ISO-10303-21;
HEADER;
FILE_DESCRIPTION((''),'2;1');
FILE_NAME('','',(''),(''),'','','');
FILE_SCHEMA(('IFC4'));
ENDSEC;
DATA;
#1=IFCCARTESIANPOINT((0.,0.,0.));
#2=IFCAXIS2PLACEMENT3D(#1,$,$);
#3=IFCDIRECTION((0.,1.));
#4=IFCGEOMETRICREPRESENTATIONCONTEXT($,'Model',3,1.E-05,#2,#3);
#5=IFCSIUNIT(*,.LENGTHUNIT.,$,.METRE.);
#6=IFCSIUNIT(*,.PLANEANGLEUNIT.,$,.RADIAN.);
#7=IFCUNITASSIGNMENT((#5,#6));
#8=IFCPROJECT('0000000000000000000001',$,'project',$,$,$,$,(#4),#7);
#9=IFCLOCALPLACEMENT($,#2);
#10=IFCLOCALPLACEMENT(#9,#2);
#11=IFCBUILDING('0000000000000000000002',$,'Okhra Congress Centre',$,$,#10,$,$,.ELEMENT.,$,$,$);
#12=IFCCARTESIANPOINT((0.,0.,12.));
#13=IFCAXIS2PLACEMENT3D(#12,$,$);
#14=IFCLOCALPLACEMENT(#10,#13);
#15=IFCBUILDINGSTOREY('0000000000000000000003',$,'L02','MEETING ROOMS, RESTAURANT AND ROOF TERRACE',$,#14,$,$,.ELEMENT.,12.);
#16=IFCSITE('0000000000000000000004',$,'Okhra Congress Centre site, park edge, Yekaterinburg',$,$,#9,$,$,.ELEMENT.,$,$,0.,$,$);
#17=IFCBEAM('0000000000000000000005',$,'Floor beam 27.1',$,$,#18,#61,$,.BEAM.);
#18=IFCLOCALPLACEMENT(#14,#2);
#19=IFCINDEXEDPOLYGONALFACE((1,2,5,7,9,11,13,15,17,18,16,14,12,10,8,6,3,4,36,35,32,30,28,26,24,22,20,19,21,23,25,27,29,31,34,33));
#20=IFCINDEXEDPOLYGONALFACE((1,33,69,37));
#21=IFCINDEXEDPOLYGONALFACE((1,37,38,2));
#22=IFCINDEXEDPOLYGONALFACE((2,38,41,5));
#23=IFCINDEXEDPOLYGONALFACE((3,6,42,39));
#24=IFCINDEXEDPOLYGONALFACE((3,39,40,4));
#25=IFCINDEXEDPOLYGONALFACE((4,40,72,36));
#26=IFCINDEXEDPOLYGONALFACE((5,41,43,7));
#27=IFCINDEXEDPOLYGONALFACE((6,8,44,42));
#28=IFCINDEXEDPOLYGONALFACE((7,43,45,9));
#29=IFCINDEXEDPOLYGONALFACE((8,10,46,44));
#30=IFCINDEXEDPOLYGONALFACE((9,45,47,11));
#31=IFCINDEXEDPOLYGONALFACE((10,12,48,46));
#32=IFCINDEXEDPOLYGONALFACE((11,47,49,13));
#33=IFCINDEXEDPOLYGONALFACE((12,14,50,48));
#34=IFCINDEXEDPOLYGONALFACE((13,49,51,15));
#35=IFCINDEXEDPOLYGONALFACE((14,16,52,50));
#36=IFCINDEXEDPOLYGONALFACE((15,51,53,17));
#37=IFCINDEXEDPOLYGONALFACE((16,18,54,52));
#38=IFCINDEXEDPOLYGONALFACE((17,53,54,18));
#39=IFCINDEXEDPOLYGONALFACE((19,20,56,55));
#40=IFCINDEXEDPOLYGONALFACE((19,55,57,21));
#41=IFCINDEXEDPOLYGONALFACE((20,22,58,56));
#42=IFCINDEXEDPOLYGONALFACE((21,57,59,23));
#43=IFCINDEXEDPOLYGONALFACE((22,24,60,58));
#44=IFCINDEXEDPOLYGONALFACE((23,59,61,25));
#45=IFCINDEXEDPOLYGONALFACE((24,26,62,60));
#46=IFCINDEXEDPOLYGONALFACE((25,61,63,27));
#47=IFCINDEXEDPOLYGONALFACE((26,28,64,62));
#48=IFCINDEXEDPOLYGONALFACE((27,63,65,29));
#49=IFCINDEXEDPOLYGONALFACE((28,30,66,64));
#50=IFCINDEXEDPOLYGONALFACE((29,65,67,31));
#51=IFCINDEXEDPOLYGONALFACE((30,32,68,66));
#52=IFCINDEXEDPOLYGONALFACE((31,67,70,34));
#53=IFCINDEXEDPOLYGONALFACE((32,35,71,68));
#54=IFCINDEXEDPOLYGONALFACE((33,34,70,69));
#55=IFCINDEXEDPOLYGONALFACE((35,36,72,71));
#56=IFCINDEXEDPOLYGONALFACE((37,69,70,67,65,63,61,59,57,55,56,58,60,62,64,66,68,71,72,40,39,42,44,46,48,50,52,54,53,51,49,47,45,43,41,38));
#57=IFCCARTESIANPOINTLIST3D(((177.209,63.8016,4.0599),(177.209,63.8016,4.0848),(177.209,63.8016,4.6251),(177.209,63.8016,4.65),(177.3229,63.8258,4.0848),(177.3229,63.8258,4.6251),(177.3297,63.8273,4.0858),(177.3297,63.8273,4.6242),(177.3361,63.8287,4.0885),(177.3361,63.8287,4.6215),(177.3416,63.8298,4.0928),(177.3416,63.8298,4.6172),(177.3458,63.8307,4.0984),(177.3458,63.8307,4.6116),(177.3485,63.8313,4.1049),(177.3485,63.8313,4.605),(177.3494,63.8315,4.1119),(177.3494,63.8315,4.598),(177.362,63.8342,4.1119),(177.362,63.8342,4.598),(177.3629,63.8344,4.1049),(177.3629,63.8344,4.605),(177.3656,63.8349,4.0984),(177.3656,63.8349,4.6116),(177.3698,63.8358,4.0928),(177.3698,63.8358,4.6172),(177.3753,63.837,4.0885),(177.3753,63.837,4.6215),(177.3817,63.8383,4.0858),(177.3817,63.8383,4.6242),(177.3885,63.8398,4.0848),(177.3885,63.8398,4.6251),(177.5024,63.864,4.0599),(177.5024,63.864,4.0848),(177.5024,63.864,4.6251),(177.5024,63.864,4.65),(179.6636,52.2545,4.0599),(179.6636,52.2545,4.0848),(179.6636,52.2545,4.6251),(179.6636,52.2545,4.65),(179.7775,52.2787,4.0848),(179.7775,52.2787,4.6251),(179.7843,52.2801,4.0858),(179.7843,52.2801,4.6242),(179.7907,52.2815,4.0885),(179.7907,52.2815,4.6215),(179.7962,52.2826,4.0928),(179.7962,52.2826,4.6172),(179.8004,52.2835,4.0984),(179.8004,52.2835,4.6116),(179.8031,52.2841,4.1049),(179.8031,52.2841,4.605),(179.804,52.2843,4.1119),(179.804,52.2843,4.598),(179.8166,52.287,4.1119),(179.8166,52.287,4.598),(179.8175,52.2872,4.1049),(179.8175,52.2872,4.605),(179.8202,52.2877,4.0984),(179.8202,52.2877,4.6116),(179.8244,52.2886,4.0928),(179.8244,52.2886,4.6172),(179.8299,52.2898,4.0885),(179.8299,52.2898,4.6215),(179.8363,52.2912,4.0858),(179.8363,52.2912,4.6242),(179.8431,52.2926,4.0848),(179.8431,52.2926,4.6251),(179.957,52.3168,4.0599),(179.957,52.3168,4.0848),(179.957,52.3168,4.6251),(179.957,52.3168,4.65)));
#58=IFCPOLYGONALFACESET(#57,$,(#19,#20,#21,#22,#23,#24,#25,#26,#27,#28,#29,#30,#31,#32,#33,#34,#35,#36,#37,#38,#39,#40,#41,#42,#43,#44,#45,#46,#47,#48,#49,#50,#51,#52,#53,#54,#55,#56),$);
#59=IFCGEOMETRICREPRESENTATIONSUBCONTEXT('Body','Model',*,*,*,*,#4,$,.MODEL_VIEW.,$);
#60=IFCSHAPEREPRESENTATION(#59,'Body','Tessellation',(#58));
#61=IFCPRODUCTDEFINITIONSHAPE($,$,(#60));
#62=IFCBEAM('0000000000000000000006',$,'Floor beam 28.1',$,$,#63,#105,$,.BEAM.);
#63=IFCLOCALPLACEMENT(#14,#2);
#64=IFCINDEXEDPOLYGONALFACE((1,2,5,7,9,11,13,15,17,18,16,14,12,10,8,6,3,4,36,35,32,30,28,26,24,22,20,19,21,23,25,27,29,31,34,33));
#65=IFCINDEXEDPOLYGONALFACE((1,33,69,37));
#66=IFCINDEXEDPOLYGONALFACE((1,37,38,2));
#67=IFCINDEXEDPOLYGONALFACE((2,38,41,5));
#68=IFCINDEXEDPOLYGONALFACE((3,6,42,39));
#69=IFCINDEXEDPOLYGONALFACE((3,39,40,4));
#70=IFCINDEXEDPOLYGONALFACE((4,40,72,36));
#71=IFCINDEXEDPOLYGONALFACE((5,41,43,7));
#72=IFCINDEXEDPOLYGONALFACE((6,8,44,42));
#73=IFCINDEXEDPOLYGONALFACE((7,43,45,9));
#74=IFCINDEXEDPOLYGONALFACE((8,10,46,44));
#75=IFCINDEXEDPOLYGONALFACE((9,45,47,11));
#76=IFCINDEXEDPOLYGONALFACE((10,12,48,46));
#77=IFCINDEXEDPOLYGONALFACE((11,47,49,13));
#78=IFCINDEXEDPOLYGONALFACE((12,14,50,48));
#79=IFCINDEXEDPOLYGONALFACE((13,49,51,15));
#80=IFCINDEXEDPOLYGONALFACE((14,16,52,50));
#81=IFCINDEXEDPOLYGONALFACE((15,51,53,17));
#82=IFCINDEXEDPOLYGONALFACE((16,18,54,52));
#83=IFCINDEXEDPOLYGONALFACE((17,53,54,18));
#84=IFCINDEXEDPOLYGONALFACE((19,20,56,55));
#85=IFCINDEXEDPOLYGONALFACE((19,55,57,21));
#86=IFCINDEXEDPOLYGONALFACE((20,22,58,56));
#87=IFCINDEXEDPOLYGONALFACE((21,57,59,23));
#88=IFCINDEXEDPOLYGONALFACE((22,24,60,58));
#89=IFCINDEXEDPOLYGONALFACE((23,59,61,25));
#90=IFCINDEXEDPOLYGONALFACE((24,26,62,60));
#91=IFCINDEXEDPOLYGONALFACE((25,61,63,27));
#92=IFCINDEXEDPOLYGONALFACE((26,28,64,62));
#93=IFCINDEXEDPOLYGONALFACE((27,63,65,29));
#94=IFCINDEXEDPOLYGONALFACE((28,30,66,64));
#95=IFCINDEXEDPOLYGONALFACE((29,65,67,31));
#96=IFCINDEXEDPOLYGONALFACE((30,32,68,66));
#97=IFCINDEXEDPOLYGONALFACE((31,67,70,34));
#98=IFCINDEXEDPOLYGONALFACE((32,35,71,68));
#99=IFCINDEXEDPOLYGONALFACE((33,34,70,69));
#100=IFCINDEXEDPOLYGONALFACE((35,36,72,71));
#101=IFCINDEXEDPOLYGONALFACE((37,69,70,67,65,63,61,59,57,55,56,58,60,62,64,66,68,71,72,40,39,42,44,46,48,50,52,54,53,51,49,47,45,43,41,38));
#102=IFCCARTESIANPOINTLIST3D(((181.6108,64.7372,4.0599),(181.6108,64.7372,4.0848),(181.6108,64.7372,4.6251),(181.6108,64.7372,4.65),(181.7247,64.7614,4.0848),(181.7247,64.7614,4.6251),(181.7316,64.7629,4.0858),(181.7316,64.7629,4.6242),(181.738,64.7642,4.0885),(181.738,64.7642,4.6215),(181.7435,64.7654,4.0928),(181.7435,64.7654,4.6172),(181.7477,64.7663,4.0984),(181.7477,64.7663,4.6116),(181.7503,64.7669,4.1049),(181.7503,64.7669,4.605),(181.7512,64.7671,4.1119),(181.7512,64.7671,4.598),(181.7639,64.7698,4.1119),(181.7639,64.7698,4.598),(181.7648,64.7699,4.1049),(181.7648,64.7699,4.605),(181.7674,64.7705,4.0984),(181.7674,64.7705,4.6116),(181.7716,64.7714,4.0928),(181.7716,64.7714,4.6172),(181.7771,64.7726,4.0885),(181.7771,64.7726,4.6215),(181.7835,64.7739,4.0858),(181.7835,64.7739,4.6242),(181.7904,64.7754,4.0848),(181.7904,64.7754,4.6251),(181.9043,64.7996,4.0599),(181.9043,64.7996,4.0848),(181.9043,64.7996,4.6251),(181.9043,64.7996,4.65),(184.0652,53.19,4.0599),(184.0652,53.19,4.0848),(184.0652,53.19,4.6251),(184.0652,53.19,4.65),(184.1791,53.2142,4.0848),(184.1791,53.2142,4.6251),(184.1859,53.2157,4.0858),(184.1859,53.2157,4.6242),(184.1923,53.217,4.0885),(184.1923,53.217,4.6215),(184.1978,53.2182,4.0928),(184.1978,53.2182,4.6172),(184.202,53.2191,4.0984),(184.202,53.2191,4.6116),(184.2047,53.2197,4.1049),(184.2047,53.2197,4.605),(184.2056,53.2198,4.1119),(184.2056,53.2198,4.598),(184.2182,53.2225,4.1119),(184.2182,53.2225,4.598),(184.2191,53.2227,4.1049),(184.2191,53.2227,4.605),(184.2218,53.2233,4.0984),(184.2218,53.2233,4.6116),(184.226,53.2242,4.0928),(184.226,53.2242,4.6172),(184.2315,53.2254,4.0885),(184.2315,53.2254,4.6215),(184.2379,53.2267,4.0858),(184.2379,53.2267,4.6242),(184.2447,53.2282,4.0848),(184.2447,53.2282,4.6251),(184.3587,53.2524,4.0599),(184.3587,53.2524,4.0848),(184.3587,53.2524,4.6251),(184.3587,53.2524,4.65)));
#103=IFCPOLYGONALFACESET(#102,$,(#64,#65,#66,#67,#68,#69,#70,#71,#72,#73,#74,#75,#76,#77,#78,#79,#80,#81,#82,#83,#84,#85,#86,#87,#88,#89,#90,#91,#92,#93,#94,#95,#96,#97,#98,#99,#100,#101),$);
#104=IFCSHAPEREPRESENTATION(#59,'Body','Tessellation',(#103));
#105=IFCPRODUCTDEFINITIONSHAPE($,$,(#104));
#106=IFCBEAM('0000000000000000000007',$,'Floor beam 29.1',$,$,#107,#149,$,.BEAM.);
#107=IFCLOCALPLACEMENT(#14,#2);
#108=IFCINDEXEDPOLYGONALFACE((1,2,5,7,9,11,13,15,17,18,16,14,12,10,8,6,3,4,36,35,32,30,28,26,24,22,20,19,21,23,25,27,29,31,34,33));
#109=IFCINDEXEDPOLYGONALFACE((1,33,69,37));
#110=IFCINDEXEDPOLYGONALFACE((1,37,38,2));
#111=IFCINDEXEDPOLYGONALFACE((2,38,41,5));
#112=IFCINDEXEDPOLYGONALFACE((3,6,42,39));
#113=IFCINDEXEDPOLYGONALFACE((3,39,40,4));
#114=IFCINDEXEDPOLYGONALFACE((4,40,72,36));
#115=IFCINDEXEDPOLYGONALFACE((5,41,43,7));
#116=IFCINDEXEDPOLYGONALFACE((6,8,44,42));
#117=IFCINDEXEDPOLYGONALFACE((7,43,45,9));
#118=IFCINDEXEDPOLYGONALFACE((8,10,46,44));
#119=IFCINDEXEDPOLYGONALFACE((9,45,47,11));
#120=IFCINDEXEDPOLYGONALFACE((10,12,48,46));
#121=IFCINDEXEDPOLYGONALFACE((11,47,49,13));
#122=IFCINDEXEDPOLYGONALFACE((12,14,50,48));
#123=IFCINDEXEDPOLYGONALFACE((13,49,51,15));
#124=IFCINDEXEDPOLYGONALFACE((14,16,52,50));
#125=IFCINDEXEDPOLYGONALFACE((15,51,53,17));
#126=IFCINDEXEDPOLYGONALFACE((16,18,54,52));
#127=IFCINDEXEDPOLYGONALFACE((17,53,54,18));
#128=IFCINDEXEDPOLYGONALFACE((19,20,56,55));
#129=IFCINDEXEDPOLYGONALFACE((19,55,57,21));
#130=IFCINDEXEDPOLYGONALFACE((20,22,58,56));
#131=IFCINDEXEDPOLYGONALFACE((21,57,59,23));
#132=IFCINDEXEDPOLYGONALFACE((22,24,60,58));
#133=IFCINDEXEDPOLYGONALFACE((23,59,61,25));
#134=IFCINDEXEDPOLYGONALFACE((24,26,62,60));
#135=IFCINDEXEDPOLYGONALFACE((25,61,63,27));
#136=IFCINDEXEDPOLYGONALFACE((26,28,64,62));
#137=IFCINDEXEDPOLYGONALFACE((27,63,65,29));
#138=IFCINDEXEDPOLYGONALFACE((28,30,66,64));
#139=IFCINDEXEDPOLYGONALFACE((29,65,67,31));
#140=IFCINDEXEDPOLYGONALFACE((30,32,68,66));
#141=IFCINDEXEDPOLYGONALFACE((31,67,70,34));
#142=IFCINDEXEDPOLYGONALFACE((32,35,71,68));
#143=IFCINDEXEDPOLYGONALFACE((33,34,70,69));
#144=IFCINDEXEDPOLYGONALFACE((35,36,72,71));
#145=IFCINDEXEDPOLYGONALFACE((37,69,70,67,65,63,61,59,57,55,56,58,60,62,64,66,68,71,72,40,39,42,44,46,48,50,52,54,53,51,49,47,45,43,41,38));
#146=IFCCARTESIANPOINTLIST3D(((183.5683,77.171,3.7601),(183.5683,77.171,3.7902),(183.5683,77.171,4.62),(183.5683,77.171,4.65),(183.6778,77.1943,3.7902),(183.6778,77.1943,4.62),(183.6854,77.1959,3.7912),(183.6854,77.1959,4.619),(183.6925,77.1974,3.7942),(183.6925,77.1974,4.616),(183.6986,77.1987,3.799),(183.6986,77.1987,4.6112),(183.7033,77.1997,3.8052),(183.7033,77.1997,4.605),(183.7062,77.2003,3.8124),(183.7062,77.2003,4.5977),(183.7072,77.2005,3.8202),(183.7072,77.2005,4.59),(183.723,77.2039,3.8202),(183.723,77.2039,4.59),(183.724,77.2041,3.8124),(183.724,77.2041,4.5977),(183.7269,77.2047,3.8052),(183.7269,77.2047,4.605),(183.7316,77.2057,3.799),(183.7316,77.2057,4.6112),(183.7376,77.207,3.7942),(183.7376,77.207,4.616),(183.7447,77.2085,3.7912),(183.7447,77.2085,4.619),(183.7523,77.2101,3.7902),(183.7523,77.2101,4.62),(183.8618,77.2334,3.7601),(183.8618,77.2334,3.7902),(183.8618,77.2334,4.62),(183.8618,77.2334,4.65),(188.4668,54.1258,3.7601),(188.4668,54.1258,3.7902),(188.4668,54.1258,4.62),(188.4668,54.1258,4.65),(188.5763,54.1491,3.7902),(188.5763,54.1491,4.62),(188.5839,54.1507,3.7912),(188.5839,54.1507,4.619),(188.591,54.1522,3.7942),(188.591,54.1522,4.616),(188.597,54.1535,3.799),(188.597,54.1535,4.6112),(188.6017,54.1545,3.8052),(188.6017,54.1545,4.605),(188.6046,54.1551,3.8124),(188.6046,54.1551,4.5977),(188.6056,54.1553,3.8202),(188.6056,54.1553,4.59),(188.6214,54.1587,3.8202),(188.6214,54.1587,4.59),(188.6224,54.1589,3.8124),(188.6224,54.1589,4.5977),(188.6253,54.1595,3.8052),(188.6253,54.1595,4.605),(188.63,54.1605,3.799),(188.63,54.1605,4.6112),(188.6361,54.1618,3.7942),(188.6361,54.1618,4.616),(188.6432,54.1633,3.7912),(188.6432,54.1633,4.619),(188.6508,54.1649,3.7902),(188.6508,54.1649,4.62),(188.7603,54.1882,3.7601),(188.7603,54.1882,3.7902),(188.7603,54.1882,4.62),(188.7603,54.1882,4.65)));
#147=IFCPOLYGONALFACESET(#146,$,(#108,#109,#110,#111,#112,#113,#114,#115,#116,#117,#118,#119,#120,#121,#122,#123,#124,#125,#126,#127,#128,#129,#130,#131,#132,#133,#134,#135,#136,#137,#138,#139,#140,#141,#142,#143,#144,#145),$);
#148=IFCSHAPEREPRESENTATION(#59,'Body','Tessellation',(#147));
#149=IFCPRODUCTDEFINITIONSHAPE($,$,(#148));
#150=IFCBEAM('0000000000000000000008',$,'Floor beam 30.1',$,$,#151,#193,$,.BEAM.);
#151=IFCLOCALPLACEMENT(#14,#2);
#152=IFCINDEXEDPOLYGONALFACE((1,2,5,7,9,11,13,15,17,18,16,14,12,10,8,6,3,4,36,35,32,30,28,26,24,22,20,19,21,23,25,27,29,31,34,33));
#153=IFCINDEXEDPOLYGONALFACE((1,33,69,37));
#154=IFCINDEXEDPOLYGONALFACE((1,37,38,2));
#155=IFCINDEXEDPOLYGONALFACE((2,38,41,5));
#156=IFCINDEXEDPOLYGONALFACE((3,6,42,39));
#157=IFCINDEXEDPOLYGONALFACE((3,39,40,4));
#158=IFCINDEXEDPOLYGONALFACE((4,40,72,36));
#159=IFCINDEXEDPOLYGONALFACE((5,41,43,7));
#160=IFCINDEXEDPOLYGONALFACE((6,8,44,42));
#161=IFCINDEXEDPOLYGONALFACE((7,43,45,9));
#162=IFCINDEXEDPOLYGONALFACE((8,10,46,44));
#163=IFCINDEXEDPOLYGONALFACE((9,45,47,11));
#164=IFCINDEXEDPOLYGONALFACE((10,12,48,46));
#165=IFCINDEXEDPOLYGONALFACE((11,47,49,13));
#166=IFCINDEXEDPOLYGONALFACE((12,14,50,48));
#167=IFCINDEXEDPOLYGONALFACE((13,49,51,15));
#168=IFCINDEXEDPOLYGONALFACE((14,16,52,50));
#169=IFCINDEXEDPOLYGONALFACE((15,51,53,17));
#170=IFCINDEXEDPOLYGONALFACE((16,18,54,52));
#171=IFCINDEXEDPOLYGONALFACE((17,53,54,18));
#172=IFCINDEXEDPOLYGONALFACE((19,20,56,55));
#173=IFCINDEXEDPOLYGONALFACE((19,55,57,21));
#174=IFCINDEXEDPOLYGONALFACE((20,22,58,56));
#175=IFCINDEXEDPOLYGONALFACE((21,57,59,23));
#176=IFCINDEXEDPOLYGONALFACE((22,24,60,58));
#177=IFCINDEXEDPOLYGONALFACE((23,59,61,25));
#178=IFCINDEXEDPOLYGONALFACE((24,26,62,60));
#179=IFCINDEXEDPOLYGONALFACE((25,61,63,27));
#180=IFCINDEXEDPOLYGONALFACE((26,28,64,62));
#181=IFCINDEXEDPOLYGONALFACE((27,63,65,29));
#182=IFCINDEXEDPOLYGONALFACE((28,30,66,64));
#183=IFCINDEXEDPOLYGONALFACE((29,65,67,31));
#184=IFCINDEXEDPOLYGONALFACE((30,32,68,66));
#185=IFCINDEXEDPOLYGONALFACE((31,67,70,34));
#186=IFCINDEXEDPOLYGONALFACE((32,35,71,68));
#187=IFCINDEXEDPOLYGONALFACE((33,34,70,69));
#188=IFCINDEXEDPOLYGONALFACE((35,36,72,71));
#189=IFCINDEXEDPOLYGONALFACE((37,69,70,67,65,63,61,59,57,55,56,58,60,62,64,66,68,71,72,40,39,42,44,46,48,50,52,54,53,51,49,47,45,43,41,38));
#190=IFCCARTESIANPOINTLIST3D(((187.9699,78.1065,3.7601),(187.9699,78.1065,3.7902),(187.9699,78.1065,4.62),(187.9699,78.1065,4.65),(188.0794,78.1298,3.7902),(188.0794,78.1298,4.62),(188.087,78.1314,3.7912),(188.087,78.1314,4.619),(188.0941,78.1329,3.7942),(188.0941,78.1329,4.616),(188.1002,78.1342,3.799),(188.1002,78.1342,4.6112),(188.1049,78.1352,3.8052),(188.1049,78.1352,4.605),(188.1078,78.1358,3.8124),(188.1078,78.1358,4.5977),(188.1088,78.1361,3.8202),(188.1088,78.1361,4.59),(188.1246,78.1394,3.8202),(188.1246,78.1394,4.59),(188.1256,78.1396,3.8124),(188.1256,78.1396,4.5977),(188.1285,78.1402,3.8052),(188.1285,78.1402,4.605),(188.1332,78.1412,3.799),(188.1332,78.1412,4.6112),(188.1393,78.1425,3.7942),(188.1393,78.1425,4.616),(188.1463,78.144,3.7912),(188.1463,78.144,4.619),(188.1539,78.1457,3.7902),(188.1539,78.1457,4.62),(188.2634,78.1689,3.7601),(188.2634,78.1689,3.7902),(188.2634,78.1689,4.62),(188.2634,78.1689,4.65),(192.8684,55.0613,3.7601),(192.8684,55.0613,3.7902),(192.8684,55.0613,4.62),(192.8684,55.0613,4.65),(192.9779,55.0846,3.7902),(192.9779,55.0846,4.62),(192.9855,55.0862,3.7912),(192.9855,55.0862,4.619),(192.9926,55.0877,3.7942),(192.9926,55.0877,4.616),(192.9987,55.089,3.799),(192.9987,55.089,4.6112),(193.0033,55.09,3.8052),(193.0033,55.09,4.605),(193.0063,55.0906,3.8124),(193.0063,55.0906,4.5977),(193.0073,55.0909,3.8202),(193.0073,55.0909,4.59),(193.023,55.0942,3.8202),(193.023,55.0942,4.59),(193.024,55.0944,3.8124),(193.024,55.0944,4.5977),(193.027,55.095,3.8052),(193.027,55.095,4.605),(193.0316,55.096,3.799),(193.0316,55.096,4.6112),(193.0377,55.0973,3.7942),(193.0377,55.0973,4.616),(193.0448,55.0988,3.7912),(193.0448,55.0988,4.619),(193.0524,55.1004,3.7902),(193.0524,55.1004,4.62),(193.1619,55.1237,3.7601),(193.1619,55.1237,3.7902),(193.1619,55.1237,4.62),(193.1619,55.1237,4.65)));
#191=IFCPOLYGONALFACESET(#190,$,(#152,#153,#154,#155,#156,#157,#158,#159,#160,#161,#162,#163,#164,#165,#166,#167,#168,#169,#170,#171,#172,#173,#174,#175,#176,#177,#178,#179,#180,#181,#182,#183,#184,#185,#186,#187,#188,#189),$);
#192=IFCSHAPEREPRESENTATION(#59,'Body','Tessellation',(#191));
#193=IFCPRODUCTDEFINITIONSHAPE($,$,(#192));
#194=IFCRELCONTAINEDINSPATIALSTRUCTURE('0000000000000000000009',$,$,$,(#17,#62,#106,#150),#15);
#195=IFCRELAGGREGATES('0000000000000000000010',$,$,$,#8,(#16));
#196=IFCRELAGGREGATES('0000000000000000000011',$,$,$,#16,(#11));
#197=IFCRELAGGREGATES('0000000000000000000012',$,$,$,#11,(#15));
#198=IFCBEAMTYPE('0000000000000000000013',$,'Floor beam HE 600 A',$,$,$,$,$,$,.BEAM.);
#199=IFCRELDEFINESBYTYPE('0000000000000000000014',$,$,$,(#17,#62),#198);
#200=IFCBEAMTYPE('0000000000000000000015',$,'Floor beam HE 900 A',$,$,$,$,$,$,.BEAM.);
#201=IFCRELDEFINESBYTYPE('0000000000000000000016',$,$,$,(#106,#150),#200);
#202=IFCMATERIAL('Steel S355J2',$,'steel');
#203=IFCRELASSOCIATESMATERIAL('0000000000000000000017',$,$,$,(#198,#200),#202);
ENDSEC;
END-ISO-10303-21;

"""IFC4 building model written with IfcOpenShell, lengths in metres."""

from ifc_helpers import new_model, si_unit, direction, frame, origin, origin_2d, place, context, subcontext, project, spatial, i_section, extrude, material, material_profile, profile_set, type_object, element, save


model = new_model("IFC4")

# Units and contexts
model_context = context("Model", 3, precision=1e-05, world=origin(), true_north=direction((0.0, 1.0)))
body_context = subcontext(model_context, "Body", "Model", "MODEL_VIEW")
ifc_project = project(units=[si_unit("LENGTHUNIT", "METRE"), si_unit("PLANEANGLEUNIT", "RADIAN")], contexts=[model_context])

# Site, building, storey
site_placement = place(None, origin())
site = spatial("IfcSite", under=ifc_project, at=site_placement, Name="Okhra Congress Centre site, park edge, Yekaterinburg", CompositionType="ELEMENT", RefElevation=0.0)
building_placement = place(site_placement, origin())
building = spatial("IfcBuilding", under=site, at=building_placement, Name="Okhra Congress Centre", CompositionType="ELEMENT")
storey_placement = place(building_placement, frame((0.0, 0.0, 12.0)))
storey = spatial("IfcBuildingStorey", under=building, at=storey_placement, Name="L02", Description="MEETING ROOMS, RESTAURANT AND ROOF TERRACE", CompositionType="ELEMENT", Elevation=12.0)

# Shared definitions
ifc_material_1 = material(Name="Steel S355J2", Category="steel")

# Beams
ifc_material_profile_1 = material_profile(ifc_material_1, i_section(OverallWidth=0.3, OverallDepth=0.5901, WebThickness=0.0129, FlangeThickness=0.0249, FilletRadius=0.0271, at=origin_2d()), Name="HE 600 A")
ifc_profile_set_1 = profile_set([ifc_material_profile_1], Name="Steel S355J2")
beam_type_1 = type_object("IfcBeamType", Name="Floor beam HE 600 A", PredefinedType="BEAM", material=ifc_profile_set_1)
for number, where, z_axis, x_axis, name in (
    (1, (179.8103, 52.2856, 4.355), (-0.207926, 0.978145, 0.0), (-0.978145, -0.207926, 0.0), "Floor beam 27.1"),
    (2, (184.2119, 53.2212, 4.355), (-0.207906, 0.978149, 0.0), (-0.978149, -0.207906, 0.0), "Floor beam 28.1"),
):
    element("IfcBeam", number, at=place(storey_placement, frame(where, z_axis=z_axis, x_axis=x_axis)), inside=storey, type_object=beam_type_1, Name=name, PredefinedType="BEAM", context=body_context, shape_type="SweptSolid", body=[
        extrude(i_section(OverallWidth=0.3, OverallDepth=0.5901, WebThickness=0.0129, FlangeThickness=0.0249, FilletRadius=0.0271, at=origin_2d()), origin(), (0.0, 0.0, 1.0), 11.8052),
    ])
ifc_material_profile_2 = material_profile(ifc_material_1, i_section(OverallWidth=0.3, OverallDepth=0.8899, WebThickness=0.0161, FlangeThickness=0.03, FilletRadius=0.03, at=origin_2d()), Name="HE 900 A")
ifc_profile_set_2 = profile_set([ifc_material_profile_2], Name="Steel S355J2")
beam_type_2 = type_object("IfcBeamType", Name="Floor beam HE 900 A", PredefinedType="BEAM", material=ifc_profile_set_2)
for number, where, z_axis, x_axis, name in (
    (3, (188.6135, 54.157, 4.2051), (-0.207913, 0.978147, 0.0), (-0.978147, -0.207913, 0.0), "Floor beam 29.1"),
    (4, (193.0151, 55.0925, 4.2051), (-0.207913, 0.978147, 0.0), (-0.978147, -0.207913, 0.0), "Floor beam 30.1"),
):
    element("IfcBeam", number, at=place(storey_placement, frame(where, z_axis=z_axis, x_axis=x_axis)), inside=storey, type_object=beam_type_2, Name=name, PredefinedType="BEAM", context=body_context, shape_type="SweptSolid", body=[
        extrude(i_section(OverallWidth=0.3, OverallDepth=0.8899, WebThickness=0.0161, FlangeThickness=0.03, FilletRadius=0.03, at=origin_2d()), origin(), (0.0, 0.0, 1.0), 23.5601),
    ])

save(model, "model.ifc")
